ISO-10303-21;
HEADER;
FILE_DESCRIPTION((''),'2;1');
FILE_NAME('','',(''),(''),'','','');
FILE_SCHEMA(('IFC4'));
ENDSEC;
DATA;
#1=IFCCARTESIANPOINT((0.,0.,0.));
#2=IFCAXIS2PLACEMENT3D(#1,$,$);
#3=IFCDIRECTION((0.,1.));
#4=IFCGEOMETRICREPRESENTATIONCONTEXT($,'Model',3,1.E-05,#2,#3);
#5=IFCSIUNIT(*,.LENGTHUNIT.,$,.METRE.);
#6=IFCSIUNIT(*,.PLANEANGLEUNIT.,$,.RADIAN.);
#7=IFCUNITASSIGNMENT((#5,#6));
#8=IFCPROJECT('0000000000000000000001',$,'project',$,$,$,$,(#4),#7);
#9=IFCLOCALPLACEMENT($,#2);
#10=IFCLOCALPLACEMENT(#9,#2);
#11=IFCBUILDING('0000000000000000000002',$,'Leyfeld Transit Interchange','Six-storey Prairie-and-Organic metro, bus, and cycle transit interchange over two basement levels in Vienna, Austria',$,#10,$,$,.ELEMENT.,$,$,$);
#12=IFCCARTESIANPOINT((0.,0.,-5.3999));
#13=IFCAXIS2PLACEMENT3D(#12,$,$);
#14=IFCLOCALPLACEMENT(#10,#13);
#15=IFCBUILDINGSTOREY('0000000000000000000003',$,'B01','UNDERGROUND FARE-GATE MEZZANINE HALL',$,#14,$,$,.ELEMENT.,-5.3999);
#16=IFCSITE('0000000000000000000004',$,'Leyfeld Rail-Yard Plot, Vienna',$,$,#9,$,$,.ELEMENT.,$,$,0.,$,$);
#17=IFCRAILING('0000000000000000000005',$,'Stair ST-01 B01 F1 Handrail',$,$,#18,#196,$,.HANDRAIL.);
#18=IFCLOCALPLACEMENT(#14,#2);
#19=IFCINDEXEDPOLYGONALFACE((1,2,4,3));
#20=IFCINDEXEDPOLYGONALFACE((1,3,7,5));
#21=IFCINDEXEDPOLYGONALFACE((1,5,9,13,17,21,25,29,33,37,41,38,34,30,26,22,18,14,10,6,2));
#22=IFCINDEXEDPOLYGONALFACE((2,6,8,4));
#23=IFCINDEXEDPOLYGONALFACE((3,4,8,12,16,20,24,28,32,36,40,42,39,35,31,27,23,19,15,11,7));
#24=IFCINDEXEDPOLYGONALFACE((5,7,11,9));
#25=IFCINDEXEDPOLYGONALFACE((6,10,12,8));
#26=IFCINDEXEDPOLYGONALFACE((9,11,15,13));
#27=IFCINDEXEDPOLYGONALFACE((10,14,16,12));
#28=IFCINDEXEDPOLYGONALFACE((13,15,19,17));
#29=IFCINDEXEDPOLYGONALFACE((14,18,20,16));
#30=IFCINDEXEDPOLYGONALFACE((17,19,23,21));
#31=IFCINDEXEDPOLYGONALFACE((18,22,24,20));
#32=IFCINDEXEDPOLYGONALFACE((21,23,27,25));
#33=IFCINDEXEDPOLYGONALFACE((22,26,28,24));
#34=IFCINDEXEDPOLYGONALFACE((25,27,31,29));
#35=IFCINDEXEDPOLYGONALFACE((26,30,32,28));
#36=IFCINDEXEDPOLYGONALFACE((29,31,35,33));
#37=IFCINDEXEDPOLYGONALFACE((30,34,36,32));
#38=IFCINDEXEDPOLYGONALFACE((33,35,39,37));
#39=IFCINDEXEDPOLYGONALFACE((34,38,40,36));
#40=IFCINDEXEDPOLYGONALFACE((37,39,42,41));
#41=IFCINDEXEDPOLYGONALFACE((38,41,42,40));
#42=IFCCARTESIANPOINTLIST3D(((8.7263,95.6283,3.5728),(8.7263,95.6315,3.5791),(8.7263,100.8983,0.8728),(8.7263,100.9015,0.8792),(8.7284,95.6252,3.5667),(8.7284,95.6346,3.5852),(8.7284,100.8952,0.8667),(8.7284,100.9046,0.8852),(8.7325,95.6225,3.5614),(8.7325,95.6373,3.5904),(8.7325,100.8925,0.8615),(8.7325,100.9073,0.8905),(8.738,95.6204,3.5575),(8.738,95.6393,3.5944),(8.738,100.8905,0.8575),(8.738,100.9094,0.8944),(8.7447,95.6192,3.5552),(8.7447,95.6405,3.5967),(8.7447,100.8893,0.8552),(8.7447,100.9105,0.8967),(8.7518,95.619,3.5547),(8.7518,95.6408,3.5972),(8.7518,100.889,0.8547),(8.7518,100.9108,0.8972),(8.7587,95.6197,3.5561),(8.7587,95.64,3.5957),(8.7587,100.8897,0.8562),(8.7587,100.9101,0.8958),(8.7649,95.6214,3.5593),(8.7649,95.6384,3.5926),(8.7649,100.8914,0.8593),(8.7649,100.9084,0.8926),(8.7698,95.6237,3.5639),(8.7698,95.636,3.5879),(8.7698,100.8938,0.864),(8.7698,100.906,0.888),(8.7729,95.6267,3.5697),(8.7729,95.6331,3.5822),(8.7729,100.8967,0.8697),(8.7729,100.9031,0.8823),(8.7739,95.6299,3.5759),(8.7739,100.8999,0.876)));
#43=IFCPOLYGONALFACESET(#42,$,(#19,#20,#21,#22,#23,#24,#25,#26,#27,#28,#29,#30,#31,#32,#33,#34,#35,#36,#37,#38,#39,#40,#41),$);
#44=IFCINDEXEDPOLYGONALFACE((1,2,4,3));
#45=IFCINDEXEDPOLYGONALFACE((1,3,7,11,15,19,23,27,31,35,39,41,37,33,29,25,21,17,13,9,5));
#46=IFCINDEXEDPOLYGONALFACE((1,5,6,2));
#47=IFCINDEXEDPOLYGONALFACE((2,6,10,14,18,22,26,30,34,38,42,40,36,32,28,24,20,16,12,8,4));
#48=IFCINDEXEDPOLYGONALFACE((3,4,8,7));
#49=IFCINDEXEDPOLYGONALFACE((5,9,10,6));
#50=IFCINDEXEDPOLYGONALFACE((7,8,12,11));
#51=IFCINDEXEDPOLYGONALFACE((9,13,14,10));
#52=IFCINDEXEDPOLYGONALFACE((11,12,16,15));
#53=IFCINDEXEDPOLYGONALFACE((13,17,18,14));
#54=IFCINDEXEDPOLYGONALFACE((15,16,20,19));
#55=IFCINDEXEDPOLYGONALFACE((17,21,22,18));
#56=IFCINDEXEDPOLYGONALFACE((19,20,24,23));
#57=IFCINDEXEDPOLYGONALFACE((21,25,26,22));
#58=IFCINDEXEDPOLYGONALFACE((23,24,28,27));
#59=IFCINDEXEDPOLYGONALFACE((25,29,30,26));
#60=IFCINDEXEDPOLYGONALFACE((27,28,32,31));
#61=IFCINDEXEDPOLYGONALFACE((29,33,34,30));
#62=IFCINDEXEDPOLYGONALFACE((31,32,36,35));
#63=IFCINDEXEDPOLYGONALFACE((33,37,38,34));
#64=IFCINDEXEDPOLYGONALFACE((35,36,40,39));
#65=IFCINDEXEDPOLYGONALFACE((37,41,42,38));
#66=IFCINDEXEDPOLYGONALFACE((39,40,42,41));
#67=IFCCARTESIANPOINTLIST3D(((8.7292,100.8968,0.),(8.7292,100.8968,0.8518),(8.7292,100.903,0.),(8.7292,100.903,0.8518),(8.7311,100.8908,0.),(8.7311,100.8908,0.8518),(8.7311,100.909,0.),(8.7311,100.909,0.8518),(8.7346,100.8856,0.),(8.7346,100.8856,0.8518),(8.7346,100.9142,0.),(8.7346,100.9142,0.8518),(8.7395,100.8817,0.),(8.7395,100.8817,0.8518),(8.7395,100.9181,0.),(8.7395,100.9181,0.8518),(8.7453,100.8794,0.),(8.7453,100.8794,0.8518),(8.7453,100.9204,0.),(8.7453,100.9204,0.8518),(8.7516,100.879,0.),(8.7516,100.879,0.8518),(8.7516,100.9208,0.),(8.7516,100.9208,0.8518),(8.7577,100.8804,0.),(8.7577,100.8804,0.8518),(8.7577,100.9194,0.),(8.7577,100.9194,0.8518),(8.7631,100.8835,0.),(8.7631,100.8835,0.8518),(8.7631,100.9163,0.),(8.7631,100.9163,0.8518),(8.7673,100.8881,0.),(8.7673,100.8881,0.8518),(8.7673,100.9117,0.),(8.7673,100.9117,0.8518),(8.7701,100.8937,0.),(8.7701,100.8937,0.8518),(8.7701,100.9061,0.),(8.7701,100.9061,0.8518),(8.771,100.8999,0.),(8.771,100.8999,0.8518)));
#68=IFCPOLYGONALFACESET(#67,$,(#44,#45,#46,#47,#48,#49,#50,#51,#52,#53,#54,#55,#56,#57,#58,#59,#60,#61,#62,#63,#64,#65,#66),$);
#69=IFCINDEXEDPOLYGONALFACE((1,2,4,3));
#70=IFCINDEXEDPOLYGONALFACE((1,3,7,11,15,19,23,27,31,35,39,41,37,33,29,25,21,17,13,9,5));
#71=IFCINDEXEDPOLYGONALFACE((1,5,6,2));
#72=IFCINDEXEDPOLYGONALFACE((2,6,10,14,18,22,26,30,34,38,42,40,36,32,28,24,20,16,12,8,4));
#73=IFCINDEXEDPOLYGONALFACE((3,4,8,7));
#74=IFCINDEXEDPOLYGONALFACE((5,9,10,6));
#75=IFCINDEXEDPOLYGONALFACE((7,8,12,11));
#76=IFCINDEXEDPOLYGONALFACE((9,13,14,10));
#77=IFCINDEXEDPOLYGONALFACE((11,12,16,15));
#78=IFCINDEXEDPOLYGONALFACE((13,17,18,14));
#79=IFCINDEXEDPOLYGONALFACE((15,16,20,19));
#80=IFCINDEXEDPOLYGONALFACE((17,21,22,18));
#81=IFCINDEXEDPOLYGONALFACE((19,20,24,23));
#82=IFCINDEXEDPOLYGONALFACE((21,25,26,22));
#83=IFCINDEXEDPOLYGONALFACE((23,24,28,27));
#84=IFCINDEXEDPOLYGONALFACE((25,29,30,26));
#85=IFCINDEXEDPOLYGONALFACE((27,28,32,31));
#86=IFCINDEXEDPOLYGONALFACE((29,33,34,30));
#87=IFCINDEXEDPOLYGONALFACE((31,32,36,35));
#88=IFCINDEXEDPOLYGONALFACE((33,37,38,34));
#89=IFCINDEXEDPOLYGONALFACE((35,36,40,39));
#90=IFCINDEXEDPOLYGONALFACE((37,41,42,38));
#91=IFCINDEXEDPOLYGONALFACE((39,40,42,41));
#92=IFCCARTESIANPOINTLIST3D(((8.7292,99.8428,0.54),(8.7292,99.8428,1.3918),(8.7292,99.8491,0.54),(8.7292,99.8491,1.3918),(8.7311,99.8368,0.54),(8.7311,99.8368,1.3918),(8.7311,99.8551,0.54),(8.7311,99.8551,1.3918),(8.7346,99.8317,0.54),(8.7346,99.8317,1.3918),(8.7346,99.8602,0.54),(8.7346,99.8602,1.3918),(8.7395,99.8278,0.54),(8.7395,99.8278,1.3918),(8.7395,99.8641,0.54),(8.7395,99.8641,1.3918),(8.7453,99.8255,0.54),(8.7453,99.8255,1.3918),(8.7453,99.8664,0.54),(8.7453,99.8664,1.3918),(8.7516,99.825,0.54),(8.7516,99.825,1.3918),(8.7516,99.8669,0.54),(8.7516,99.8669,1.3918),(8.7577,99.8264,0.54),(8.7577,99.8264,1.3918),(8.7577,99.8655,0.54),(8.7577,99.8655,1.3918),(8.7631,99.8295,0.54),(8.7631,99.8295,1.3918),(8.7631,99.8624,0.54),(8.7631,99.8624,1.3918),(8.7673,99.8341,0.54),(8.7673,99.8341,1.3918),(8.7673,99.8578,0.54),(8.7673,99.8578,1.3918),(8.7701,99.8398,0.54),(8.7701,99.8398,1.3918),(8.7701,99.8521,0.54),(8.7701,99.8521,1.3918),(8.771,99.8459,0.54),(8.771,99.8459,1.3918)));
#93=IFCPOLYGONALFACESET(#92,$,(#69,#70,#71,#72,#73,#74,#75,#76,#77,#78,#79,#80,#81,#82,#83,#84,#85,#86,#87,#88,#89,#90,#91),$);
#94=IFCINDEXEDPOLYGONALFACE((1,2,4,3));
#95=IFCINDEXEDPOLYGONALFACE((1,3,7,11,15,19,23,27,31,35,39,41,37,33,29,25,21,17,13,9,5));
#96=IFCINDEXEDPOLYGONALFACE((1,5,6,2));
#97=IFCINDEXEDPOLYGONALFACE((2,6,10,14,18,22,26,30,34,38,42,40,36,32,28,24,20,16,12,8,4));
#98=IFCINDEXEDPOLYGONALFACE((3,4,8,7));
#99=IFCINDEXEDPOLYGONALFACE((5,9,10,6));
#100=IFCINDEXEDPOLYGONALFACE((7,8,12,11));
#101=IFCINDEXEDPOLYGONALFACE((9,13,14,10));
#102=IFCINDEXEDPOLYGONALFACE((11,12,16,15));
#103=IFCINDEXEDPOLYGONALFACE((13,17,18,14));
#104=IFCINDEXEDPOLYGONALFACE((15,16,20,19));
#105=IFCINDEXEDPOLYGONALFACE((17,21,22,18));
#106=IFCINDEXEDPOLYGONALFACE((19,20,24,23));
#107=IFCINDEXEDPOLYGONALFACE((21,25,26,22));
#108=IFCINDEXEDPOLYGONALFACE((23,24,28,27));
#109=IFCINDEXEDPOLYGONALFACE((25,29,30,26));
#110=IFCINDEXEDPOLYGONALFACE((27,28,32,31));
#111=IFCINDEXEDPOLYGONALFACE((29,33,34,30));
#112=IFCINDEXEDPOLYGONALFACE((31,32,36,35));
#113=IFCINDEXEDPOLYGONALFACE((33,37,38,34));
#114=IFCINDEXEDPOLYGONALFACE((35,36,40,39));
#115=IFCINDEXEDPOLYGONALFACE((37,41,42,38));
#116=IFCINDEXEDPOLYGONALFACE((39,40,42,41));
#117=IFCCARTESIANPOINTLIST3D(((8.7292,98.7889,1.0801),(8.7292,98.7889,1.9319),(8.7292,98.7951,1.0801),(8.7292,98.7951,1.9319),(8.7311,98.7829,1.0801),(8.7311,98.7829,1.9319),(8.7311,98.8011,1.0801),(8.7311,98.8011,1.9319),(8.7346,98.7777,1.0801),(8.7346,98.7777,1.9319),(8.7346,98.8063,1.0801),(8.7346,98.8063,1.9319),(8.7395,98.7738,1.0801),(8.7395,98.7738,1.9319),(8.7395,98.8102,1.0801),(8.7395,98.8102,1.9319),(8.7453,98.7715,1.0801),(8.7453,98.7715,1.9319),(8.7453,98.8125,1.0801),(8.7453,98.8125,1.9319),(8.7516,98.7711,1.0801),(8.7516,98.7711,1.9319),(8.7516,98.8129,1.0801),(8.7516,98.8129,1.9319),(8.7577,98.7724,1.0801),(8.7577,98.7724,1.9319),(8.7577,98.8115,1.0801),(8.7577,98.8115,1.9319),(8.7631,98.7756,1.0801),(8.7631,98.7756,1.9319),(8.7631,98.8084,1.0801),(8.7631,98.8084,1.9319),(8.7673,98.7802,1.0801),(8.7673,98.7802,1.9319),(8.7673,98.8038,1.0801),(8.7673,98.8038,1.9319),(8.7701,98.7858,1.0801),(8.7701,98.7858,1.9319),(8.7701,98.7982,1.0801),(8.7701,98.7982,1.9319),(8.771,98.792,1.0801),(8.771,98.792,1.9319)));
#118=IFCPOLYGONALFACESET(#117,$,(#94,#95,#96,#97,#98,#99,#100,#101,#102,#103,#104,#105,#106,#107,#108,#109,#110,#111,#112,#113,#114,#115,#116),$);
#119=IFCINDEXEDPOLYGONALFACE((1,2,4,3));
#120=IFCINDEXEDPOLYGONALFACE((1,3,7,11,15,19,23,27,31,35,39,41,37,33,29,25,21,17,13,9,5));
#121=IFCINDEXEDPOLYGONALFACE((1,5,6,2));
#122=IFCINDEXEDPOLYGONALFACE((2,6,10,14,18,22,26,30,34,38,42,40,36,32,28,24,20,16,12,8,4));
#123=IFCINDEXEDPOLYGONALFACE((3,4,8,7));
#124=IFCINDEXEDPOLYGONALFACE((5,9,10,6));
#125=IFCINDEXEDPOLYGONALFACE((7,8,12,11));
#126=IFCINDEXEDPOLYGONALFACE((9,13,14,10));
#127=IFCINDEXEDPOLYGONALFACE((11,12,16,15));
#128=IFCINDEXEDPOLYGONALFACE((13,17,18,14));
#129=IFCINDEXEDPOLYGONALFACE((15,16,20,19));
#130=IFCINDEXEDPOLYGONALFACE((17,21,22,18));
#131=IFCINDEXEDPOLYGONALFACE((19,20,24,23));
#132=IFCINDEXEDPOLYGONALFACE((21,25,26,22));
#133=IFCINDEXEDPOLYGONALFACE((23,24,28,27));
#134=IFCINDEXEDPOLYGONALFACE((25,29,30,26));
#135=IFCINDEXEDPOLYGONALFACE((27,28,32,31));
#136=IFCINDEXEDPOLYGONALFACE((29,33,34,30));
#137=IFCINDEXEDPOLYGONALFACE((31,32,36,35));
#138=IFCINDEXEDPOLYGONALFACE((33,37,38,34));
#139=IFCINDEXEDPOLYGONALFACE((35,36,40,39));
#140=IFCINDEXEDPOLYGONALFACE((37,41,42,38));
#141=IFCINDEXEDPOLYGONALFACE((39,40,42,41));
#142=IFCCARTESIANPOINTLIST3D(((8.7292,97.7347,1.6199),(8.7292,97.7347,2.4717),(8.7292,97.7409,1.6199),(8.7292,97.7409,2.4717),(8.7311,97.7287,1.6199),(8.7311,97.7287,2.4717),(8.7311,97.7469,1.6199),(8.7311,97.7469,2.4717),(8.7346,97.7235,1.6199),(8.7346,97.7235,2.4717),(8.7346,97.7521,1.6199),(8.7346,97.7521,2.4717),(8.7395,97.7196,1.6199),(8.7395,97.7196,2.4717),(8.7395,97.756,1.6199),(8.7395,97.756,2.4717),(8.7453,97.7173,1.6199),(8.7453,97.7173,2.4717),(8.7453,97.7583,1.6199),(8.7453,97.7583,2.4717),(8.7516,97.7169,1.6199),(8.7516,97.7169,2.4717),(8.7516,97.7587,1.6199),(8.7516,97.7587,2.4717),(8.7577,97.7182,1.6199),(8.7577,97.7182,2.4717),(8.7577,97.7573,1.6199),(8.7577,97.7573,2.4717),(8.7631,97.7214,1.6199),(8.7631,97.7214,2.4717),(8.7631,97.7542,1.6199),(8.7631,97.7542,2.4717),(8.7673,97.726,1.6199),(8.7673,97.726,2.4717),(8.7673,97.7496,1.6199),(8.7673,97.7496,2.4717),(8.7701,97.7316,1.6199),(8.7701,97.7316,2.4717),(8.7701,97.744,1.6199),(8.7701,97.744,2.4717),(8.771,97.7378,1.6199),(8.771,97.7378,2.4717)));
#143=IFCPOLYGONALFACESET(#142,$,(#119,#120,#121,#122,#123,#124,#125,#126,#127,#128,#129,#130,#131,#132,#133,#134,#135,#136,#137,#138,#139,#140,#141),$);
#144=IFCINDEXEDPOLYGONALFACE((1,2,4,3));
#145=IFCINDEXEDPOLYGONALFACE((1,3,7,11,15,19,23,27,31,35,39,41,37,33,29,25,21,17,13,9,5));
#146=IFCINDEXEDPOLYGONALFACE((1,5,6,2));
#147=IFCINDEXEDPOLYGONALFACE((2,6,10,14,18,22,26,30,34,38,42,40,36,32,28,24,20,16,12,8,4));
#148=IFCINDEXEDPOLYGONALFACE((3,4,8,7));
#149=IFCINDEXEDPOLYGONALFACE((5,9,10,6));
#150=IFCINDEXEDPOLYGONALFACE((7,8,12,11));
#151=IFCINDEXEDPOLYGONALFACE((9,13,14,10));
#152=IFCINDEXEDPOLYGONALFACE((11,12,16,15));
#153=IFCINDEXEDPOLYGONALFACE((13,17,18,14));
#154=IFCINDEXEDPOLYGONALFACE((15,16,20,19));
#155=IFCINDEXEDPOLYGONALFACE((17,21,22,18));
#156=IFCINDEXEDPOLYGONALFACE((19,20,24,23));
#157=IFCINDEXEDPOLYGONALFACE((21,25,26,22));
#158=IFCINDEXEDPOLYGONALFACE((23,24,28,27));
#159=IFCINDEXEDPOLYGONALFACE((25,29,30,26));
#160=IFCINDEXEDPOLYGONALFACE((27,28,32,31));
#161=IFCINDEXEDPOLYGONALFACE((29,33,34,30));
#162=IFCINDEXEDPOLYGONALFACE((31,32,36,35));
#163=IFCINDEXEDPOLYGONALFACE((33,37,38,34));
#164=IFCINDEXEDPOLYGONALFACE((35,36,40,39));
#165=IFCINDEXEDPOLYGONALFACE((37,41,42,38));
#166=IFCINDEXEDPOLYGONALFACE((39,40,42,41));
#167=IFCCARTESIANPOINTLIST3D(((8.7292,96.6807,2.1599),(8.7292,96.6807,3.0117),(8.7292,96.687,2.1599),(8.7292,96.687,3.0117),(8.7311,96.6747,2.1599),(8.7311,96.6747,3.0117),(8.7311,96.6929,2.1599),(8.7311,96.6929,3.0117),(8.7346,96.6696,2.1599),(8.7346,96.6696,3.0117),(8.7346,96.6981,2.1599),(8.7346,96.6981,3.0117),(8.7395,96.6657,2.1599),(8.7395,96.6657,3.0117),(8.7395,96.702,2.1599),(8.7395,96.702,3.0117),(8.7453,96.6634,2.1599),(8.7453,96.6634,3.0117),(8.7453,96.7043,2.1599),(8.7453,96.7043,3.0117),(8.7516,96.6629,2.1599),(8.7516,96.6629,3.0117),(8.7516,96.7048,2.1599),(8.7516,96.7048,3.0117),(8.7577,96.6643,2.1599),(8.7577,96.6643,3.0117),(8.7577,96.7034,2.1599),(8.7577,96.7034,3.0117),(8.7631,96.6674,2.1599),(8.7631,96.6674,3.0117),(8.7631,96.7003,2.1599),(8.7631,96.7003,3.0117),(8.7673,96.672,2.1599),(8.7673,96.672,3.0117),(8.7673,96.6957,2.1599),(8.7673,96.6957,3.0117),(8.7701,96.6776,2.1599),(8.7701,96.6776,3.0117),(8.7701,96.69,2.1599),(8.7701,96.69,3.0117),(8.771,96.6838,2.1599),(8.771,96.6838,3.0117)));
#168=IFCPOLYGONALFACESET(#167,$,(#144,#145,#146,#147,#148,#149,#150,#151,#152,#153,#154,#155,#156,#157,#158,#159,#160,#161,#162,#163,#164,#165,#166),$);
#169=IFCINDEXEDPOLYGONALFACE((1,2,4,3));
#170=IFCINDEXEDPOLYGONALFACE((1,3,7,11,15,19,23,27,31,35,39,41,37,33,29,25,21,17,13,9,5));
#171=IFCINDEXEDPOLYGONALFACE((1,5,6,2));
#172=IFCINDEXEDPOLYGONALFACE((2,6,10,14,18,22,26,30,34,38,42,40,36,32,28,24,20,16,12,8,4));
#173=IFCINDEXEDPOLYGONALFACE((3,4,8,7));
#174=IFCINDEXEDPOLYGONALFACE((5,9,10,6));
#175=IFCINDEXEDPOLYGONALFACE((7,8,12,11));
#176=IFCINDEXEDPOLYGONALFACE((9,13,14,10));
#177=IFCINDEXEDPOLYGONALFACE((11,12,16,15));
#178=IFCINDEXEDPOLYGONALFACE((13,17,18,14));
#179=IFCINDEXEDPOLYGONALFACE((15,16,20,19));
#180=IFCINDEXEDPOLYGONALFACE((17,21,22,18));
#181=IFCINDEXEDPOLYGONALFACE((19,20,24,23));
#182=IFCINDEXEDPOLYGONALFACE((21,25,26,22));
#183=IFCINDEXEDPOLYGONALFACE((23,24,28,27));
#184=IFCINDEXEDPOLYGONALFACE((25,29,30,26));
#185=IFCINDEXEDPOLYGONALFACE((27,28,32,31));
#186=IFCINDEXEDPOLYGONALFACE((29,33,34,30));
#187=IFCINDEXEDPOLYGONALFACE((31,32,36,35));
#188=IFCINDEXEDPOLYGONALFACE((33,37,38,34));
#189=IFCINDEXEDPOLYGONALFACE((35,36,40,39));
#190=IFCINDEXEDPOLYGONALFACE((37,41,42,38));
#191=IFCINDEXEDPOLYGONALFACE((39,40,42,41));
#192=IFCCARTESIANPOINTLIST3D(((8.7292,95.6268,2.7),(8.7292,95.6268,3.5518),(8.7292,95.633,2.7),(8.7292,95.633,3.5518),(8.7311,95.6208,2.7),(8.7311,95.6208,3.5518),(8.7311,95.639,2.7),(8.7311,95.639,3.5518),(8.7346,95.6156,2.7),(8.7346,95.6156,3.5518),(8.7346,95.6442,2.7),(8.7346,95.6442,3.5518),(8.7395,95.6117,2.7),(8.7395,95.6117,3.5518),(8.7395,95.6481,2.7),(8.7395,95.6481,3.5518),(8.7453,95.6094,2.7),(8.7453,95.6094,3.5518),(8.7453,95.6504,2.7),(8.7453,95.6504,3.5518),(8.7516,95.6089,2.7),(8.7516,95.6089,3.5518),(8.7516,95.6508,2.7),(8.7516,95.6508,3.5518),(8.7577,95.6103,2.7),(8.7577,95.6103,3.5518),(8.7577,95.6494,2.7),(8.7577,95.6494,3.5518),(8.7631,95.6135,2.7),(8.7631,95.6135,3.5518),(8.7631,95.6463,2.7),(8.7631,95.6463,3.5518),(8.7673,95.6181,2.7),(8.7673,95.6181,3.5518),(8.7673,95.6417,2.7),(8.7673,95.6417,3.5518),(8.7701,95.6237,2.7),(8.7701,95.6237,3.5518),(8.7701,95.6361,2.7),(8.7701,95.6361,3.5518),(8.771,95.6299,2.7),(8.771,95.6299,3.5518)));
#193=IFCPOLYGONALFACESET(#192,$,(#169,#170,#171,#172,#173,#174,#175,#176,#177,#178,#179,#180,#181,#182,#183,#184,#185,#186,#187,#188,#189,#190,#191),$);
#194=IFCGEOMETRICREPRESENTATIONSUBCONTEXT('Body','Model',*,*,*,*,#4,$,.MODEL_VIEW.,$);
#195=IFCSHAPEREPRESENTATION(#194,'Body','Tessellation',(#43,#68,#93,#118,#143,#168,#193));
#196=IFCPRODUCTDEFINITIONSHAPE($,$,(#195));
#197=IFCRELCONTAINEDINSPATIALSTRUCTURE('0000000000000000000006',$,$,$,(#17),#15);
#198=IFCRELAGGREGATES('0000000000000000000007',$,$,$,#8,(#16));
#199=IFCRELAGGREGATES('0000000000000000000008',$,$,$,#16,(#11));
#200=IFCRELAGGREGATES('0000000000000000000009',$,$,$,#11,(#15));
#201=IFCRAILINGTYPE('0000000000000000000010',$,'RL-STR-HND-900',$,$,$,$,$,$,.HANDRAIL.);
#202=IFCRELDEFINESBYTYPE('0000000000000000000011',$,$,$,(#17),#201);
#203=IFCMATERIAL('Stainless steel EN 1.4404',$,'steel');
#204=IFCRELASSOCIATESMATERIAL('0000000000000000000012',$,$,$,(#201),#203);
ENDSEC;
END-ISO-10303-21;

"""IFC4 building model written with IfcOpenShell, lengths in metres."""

from ifc_helpers import new_model, si_unit, direction, frame, origin, origin_2d, place, context, subcontext, project, spatial, circle, extrude, material, type_object, element, save


model = new_model("IFC4")

# Units and contexts
model_context = context("Model", 3, precision=1e-05, world=origin(), true_north=direction((0.0, 1.0)))
body_context = subcontext(model_context, "Body", "Model", "MODEL_VIEW")
ifc_project = project(units=[si_unit("LENGTHUNIT", "METRE"), si_unit("PLANEANGLEUNIT", "RADIAN")], contexts=[model_context])

# Site, building, storey
site_placement = place(None, origin())
site = spatial("IfcSite", under=ifc_project, at=site_placement, Name="Leyfeld Rail-Yard Plot, Vienna", CompositionType="ELEMENT", RefElevation=0.0)
building_placement = place(site_placement, origin())
building = spatial("IfcBuilding", under=site, at=building_placement, Name="Leyfeld Transit Interchange", Description="Six-storey Prairie-and-Organic metro, bus, and cycle transit interchange over two basement levels in Vienna, Austria", CompositionType="ELEMENT")
storey_placement = place(building_placement, frame((0.0, 0.0, -5.3999)))
storey = spatial("IfcBuildingStorey", under=building, at=storey_placement, Name="B01", Description="UNDERGROUND FARE-GATE MEZZANINE HALL", CompositionType="ELEMENT", Elevation=-5.3999)

# Railing
ifc_material_1 = material(Name="Stainless steel EN 1.4404", Category="steel")
railing_type_1 = type_object("IfcRailingType", Name="RL-STR-HND-900", PredefinedType="HANDRAIL", material=ifc_material_1)
railing_1_placement = place(storey_placement, frame((8.75, 100.8999, 0.0)))
element("IfcRailing", 1, at=railing_1_placement, inside=storey, type_object=railing_type_1, Name="Stair ST-01 B01 F1 Handrail", PredefinedType="HANDRAIL", context=body_context, shape_type="SweptSolid", body=[
    extrude(circle(Radius=0.0239, at=origin_2d()), frame((0.0, 0.0, 0.876), z_axis=(0.0, -0.889997, 0.455966), x_axis=(1.0, 0.0, 0.0)), (0.0, 0.0, 1.0), 5.9214),
    extrude(circle(Radius=0.021, at=origin_2d()), origin(), (0.0, 0.0, 1.0), 0.8518),
    extrude(circle(Radius=0.021, at=origin_2d()), frame((0.0, -1.054, 0.54)), (0.0, 0.0, 1.0), 0.8518),
    extrude(circle(Radius=0.021, at=origin_2d()), frame((0.0, -2.1079, 1.0801)), (0.0, 0.0, 1.0), 0.8518),
    extrude(circle(Radius=0.021, at=origin_2d()), frame((0.0, -3.1621, 1.6199)), (0.0, 0.0, 1.0), 0.8518),
    extrude(circle(Radius=0.021, at=origin_2d()), frame((0.0, -4.2161, 2.1599)), (0.0, 0.0, 1.0), 0.8518),
    extrude(circle(Radius=0.021, at=origin_2d()), frame((0.0, -5.27, 2.7)), (0.0, 0.0, 1.0), 0.8518),
])

save(model, "model.ifc")
